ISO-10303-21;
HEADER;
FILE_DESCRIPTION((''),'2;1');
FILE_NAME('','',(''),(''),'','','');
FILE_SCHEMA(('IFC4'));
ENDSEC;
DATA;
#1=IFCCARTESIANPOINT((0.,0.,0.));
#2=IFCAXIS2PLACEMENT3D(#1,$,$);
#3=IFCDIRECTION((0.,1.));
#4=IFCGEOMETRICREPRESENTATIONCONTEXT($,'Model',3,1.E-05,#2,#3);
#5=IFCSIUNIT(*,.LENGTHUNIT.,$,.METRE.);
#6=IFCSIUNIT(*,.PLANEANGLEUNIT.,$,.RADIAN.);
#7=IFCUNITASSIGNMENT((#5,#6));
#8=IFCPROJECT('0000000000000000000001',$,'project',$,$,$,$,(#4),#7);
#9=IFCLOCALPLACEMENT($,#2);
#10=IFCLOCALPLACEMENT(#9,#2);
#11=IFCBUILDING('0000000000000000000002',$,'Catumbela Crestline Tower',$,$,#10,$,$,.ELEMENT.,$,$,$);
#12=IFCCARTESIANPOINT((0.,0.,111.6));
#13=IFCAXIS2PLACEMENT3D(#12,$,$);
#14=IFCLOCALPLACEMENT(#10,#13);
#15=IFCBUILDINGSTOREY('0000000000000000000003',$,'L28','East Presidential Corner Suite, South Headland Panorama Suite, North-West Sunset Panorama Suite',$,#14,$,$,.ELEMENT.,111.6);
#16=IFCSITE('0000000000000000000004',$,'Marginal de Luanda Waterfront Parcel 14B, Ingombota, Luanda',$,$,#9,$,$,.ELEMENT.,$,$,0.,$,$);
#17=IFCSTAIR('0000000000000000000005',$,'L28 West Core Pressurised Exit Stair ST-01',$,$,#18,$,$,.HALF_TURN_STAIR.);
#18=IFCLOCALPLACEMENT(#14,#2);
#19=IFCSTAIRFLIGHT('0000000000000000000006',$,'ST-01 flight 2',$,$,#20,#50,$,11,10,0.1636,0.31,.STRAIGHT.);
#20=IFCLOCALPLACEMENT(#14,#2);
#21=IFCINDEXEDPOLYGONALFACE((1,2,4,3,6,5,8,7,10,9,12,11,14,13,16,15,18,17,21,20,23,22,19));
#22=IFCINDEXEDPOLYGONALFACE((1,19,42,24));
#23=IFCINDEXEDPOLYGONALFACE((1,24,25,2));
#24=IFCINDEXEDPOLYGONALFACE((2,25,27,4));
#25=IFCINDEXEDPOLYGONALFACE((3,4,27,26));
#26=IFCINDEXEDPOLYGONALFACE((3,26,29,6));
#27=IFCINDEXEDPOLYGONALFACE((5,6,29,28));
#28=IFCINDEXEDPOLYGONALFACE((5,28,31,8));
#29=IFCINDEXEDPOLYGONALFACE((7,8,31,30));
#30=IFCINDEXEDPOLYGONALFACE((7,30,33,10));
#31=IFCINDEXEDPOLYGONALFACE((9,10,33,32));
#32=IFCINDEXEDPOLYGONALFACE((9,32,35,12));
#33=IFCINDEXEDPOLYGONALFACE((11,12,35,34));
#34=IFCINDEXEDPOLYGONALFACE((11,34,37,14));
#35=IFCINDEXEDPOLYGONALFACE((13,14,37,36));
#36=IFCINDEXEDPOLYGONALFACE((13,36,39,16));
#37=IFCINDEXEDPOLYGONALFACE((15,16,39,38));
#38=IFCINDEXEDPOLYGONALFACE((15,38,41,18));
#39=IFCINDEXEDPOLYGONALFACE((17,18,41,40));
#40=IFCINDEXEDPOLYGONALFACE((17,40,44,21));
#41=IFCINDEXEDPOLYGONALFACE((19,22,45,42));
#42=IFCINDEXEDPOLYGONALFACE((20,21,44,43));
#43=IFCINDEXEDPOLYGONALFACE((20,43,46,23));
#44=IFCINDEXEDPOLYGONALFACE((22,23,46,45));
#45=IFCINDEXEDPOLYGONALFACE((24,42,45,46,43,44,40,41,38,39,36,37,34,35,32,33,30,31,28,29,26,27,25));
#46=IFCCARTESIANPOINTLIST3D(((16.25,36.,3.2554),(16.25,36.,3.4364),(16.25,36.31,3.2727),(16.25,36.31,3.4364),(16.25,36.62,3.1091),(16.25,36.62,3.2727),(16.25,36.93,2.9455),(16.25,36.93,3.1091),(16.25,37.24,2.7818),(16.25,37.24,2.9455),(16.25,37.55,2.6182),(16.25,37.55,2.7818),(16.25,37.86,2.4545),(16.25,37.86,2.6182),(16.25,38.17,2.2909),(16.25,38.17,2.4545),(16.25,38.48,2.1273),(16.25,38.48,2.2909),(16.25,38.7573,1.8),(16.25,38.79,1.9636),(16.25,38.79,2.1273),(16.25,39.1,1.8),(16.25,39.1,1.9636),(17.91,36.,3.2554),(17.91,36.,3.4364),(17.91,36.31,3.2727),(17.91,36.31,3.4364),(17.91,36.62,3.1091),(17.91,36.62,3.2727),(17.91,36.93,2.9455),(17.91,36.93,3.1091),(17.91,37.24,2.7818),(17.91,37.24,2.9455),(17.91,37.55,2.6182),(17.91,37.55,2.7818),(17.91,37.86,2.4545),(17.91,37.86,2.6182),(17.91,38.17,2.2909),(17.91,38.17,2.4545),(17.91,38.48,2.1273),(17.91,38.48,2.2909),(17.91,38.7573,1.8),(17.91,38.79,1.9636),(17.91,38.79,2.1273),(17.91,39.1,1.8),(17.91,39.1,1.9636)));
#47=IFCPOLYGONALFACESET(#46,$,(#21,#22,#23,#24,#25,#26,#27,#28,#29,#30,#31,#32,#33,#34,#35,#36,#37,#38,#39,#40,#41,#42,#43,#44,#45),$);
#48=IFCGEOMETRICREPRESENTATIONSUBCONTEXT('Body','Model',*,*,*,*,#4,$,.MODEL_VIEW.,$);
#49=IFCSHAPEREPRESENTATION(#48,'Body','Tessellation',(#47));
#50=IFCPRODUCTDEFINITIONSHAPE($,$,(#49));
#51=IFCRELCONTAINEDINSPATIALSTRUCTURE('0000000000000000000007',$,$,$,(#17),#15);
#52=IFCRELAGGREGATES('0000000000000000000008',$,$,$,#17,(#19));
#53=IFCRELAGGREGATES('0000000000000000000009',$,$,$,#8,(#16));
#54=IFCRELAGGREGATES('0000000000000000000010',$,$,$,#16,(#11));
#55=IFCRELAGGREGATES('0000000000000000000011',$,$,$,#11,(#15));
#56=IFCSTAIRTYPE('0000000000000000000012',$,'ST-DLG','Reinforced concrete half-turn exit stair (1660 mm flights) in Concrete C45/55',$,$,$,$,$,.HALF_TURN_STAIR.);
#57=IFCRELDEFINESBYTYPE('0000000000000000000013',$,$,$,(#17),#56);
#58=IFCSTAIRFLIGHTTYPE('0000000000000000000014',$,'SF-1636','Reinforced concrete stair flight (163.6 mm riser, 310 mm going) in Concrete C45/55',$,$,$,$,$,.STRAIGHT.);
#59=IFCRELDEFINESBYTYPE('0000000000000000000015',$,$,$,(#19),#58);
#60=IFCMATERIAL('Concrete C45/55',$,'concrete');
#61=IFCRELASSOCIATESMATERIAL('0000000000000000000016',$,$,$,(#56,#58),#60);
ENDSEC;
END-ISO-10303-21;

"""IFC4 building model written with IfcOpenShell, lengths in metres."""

from ifc_helpers import new_model, si_unit, direction, frame, origin, place, context, subcontext, project, spatial, polyline, outline, extrude, material, type_object, element, aggregate, save


model = new_model("IFC4")

# Units and contexts
model_context = context("Model", 3, precision=1e-05, world=origin(), true_north=direction((0.0, 1.0)))
body_context = subcontext(model_context, "Body", "Model", "MODEL_VIEW")
ifc_project = project(units=[si_unit("LENGTHUNIT", "METRE"), si_unit("PLANEANGLEUNIT", "RADIAN")], contexts=[model_context])

# Site, building, storey
site_placement = place(None, origin())
site = spatial("IfcSite", under=ifc_project, at=site_placement, Name="Marginal de Luanda Waterfront Parcel 14B, Ingombota, Luanda", CompositionType="ELEMENT", RefElevation=0.0)
building_placement = place(site_placement, origin())
building = spatial("IfcBuilding", under=site, at=building_placement, Name="Catumbela Crestline Tower", CompositionType="ELEMENT")
storey_placement = place(building_placement, frame((0.0, 0.0, 111.6)))
storey = spatial("IfcBuildingStorey", under=building, at=storey_placement, Name="L28", Description="East Presidential Corner Suite, South Headland Panorama Suite, North-West Sunset Panorama Suite", CompositionType="ELEMENT", Elevation=111.6)

# Stair, stair flight
ifc_material_1 = material(Name="Concrete C45/55", Category="concrete")
stair_type = type_object("IfcStairType", Name="ST-DLG", Description="Reinforced concrete half-turn exit stair (1660 mm flights) in Concrete C45/55", PredefinedType="HALF_TURN_STAIR", material=ifc_material_1)
stair_placement = place(storey_placement, origin())
stair = element("IfcStair", 1, at=stair_placement, inside=storey, type_object=stair_type, Name="L28 West Core Pressurised Exit Stair ST-01", PredefinedType="HALF_TURN_STAIR")
stair_flight_type = type_object("IfcStairFlightType", Name="SF-1636", Description="Reinforced concrete stair flight (163.6 mm riser, 310 mm going) in Concrete C45/55", PredefinedType="STRAIGHT", material=ifc_material_1)
stair_flight_placement = place(storey_placement, frame((17.08, 39.1, 1.8), z_axis=(0.0, 0.0, 1.0), x_axis=(0.0, -1.0, 0.0)))
stair_flight = element("IfcStairFlight", 2, at=stair_flight_placement, type_object=stair_flight_type, Name="ST-01 flight 2", NumberOfRisers=11, NumberOfTreads=10, PredefinedType="STRAIGHT", RiserHeight=0.1636, TreadLength=0.31, context=body_context, shape_type="SweptSolid", body=[
    extrude(outline(polyline([(0.0, 0.0), (0.0, 0.1636), (0.31, 0.1636), (0.31, 0.3273), (0.62, 0.3273), (0.62, 0.4909), (0.93, 0.4909), (0.93, 0.6545), (1.24, 0.6545), (1.24, 0.8182), (1.55, 0.8182), (1.55, 0.9818), (1.86, 0.9818), (1.86, 1.1455), (2.17, 1.1455), (2.17, 1.3091), (2.48, 1.3091), (2.48, 1.4727), (2.79, 1.4727), (2.79, 1.6364), (3.1, 1.6364), (3.1, 1.8), (3.1, 1.4554), (0.3427, 0.0), (0.0, 0.0)])), frame((0.0, 0.83, 0.0), z_axis=(0.0, -1.0, 0.0), x_axis=(1.0, 0.0, 0.0)), (0.0, 0.0, 1.0), 1.66),
])
aggregate(stair, [stair_flight])

save(model, "model.ifc")
